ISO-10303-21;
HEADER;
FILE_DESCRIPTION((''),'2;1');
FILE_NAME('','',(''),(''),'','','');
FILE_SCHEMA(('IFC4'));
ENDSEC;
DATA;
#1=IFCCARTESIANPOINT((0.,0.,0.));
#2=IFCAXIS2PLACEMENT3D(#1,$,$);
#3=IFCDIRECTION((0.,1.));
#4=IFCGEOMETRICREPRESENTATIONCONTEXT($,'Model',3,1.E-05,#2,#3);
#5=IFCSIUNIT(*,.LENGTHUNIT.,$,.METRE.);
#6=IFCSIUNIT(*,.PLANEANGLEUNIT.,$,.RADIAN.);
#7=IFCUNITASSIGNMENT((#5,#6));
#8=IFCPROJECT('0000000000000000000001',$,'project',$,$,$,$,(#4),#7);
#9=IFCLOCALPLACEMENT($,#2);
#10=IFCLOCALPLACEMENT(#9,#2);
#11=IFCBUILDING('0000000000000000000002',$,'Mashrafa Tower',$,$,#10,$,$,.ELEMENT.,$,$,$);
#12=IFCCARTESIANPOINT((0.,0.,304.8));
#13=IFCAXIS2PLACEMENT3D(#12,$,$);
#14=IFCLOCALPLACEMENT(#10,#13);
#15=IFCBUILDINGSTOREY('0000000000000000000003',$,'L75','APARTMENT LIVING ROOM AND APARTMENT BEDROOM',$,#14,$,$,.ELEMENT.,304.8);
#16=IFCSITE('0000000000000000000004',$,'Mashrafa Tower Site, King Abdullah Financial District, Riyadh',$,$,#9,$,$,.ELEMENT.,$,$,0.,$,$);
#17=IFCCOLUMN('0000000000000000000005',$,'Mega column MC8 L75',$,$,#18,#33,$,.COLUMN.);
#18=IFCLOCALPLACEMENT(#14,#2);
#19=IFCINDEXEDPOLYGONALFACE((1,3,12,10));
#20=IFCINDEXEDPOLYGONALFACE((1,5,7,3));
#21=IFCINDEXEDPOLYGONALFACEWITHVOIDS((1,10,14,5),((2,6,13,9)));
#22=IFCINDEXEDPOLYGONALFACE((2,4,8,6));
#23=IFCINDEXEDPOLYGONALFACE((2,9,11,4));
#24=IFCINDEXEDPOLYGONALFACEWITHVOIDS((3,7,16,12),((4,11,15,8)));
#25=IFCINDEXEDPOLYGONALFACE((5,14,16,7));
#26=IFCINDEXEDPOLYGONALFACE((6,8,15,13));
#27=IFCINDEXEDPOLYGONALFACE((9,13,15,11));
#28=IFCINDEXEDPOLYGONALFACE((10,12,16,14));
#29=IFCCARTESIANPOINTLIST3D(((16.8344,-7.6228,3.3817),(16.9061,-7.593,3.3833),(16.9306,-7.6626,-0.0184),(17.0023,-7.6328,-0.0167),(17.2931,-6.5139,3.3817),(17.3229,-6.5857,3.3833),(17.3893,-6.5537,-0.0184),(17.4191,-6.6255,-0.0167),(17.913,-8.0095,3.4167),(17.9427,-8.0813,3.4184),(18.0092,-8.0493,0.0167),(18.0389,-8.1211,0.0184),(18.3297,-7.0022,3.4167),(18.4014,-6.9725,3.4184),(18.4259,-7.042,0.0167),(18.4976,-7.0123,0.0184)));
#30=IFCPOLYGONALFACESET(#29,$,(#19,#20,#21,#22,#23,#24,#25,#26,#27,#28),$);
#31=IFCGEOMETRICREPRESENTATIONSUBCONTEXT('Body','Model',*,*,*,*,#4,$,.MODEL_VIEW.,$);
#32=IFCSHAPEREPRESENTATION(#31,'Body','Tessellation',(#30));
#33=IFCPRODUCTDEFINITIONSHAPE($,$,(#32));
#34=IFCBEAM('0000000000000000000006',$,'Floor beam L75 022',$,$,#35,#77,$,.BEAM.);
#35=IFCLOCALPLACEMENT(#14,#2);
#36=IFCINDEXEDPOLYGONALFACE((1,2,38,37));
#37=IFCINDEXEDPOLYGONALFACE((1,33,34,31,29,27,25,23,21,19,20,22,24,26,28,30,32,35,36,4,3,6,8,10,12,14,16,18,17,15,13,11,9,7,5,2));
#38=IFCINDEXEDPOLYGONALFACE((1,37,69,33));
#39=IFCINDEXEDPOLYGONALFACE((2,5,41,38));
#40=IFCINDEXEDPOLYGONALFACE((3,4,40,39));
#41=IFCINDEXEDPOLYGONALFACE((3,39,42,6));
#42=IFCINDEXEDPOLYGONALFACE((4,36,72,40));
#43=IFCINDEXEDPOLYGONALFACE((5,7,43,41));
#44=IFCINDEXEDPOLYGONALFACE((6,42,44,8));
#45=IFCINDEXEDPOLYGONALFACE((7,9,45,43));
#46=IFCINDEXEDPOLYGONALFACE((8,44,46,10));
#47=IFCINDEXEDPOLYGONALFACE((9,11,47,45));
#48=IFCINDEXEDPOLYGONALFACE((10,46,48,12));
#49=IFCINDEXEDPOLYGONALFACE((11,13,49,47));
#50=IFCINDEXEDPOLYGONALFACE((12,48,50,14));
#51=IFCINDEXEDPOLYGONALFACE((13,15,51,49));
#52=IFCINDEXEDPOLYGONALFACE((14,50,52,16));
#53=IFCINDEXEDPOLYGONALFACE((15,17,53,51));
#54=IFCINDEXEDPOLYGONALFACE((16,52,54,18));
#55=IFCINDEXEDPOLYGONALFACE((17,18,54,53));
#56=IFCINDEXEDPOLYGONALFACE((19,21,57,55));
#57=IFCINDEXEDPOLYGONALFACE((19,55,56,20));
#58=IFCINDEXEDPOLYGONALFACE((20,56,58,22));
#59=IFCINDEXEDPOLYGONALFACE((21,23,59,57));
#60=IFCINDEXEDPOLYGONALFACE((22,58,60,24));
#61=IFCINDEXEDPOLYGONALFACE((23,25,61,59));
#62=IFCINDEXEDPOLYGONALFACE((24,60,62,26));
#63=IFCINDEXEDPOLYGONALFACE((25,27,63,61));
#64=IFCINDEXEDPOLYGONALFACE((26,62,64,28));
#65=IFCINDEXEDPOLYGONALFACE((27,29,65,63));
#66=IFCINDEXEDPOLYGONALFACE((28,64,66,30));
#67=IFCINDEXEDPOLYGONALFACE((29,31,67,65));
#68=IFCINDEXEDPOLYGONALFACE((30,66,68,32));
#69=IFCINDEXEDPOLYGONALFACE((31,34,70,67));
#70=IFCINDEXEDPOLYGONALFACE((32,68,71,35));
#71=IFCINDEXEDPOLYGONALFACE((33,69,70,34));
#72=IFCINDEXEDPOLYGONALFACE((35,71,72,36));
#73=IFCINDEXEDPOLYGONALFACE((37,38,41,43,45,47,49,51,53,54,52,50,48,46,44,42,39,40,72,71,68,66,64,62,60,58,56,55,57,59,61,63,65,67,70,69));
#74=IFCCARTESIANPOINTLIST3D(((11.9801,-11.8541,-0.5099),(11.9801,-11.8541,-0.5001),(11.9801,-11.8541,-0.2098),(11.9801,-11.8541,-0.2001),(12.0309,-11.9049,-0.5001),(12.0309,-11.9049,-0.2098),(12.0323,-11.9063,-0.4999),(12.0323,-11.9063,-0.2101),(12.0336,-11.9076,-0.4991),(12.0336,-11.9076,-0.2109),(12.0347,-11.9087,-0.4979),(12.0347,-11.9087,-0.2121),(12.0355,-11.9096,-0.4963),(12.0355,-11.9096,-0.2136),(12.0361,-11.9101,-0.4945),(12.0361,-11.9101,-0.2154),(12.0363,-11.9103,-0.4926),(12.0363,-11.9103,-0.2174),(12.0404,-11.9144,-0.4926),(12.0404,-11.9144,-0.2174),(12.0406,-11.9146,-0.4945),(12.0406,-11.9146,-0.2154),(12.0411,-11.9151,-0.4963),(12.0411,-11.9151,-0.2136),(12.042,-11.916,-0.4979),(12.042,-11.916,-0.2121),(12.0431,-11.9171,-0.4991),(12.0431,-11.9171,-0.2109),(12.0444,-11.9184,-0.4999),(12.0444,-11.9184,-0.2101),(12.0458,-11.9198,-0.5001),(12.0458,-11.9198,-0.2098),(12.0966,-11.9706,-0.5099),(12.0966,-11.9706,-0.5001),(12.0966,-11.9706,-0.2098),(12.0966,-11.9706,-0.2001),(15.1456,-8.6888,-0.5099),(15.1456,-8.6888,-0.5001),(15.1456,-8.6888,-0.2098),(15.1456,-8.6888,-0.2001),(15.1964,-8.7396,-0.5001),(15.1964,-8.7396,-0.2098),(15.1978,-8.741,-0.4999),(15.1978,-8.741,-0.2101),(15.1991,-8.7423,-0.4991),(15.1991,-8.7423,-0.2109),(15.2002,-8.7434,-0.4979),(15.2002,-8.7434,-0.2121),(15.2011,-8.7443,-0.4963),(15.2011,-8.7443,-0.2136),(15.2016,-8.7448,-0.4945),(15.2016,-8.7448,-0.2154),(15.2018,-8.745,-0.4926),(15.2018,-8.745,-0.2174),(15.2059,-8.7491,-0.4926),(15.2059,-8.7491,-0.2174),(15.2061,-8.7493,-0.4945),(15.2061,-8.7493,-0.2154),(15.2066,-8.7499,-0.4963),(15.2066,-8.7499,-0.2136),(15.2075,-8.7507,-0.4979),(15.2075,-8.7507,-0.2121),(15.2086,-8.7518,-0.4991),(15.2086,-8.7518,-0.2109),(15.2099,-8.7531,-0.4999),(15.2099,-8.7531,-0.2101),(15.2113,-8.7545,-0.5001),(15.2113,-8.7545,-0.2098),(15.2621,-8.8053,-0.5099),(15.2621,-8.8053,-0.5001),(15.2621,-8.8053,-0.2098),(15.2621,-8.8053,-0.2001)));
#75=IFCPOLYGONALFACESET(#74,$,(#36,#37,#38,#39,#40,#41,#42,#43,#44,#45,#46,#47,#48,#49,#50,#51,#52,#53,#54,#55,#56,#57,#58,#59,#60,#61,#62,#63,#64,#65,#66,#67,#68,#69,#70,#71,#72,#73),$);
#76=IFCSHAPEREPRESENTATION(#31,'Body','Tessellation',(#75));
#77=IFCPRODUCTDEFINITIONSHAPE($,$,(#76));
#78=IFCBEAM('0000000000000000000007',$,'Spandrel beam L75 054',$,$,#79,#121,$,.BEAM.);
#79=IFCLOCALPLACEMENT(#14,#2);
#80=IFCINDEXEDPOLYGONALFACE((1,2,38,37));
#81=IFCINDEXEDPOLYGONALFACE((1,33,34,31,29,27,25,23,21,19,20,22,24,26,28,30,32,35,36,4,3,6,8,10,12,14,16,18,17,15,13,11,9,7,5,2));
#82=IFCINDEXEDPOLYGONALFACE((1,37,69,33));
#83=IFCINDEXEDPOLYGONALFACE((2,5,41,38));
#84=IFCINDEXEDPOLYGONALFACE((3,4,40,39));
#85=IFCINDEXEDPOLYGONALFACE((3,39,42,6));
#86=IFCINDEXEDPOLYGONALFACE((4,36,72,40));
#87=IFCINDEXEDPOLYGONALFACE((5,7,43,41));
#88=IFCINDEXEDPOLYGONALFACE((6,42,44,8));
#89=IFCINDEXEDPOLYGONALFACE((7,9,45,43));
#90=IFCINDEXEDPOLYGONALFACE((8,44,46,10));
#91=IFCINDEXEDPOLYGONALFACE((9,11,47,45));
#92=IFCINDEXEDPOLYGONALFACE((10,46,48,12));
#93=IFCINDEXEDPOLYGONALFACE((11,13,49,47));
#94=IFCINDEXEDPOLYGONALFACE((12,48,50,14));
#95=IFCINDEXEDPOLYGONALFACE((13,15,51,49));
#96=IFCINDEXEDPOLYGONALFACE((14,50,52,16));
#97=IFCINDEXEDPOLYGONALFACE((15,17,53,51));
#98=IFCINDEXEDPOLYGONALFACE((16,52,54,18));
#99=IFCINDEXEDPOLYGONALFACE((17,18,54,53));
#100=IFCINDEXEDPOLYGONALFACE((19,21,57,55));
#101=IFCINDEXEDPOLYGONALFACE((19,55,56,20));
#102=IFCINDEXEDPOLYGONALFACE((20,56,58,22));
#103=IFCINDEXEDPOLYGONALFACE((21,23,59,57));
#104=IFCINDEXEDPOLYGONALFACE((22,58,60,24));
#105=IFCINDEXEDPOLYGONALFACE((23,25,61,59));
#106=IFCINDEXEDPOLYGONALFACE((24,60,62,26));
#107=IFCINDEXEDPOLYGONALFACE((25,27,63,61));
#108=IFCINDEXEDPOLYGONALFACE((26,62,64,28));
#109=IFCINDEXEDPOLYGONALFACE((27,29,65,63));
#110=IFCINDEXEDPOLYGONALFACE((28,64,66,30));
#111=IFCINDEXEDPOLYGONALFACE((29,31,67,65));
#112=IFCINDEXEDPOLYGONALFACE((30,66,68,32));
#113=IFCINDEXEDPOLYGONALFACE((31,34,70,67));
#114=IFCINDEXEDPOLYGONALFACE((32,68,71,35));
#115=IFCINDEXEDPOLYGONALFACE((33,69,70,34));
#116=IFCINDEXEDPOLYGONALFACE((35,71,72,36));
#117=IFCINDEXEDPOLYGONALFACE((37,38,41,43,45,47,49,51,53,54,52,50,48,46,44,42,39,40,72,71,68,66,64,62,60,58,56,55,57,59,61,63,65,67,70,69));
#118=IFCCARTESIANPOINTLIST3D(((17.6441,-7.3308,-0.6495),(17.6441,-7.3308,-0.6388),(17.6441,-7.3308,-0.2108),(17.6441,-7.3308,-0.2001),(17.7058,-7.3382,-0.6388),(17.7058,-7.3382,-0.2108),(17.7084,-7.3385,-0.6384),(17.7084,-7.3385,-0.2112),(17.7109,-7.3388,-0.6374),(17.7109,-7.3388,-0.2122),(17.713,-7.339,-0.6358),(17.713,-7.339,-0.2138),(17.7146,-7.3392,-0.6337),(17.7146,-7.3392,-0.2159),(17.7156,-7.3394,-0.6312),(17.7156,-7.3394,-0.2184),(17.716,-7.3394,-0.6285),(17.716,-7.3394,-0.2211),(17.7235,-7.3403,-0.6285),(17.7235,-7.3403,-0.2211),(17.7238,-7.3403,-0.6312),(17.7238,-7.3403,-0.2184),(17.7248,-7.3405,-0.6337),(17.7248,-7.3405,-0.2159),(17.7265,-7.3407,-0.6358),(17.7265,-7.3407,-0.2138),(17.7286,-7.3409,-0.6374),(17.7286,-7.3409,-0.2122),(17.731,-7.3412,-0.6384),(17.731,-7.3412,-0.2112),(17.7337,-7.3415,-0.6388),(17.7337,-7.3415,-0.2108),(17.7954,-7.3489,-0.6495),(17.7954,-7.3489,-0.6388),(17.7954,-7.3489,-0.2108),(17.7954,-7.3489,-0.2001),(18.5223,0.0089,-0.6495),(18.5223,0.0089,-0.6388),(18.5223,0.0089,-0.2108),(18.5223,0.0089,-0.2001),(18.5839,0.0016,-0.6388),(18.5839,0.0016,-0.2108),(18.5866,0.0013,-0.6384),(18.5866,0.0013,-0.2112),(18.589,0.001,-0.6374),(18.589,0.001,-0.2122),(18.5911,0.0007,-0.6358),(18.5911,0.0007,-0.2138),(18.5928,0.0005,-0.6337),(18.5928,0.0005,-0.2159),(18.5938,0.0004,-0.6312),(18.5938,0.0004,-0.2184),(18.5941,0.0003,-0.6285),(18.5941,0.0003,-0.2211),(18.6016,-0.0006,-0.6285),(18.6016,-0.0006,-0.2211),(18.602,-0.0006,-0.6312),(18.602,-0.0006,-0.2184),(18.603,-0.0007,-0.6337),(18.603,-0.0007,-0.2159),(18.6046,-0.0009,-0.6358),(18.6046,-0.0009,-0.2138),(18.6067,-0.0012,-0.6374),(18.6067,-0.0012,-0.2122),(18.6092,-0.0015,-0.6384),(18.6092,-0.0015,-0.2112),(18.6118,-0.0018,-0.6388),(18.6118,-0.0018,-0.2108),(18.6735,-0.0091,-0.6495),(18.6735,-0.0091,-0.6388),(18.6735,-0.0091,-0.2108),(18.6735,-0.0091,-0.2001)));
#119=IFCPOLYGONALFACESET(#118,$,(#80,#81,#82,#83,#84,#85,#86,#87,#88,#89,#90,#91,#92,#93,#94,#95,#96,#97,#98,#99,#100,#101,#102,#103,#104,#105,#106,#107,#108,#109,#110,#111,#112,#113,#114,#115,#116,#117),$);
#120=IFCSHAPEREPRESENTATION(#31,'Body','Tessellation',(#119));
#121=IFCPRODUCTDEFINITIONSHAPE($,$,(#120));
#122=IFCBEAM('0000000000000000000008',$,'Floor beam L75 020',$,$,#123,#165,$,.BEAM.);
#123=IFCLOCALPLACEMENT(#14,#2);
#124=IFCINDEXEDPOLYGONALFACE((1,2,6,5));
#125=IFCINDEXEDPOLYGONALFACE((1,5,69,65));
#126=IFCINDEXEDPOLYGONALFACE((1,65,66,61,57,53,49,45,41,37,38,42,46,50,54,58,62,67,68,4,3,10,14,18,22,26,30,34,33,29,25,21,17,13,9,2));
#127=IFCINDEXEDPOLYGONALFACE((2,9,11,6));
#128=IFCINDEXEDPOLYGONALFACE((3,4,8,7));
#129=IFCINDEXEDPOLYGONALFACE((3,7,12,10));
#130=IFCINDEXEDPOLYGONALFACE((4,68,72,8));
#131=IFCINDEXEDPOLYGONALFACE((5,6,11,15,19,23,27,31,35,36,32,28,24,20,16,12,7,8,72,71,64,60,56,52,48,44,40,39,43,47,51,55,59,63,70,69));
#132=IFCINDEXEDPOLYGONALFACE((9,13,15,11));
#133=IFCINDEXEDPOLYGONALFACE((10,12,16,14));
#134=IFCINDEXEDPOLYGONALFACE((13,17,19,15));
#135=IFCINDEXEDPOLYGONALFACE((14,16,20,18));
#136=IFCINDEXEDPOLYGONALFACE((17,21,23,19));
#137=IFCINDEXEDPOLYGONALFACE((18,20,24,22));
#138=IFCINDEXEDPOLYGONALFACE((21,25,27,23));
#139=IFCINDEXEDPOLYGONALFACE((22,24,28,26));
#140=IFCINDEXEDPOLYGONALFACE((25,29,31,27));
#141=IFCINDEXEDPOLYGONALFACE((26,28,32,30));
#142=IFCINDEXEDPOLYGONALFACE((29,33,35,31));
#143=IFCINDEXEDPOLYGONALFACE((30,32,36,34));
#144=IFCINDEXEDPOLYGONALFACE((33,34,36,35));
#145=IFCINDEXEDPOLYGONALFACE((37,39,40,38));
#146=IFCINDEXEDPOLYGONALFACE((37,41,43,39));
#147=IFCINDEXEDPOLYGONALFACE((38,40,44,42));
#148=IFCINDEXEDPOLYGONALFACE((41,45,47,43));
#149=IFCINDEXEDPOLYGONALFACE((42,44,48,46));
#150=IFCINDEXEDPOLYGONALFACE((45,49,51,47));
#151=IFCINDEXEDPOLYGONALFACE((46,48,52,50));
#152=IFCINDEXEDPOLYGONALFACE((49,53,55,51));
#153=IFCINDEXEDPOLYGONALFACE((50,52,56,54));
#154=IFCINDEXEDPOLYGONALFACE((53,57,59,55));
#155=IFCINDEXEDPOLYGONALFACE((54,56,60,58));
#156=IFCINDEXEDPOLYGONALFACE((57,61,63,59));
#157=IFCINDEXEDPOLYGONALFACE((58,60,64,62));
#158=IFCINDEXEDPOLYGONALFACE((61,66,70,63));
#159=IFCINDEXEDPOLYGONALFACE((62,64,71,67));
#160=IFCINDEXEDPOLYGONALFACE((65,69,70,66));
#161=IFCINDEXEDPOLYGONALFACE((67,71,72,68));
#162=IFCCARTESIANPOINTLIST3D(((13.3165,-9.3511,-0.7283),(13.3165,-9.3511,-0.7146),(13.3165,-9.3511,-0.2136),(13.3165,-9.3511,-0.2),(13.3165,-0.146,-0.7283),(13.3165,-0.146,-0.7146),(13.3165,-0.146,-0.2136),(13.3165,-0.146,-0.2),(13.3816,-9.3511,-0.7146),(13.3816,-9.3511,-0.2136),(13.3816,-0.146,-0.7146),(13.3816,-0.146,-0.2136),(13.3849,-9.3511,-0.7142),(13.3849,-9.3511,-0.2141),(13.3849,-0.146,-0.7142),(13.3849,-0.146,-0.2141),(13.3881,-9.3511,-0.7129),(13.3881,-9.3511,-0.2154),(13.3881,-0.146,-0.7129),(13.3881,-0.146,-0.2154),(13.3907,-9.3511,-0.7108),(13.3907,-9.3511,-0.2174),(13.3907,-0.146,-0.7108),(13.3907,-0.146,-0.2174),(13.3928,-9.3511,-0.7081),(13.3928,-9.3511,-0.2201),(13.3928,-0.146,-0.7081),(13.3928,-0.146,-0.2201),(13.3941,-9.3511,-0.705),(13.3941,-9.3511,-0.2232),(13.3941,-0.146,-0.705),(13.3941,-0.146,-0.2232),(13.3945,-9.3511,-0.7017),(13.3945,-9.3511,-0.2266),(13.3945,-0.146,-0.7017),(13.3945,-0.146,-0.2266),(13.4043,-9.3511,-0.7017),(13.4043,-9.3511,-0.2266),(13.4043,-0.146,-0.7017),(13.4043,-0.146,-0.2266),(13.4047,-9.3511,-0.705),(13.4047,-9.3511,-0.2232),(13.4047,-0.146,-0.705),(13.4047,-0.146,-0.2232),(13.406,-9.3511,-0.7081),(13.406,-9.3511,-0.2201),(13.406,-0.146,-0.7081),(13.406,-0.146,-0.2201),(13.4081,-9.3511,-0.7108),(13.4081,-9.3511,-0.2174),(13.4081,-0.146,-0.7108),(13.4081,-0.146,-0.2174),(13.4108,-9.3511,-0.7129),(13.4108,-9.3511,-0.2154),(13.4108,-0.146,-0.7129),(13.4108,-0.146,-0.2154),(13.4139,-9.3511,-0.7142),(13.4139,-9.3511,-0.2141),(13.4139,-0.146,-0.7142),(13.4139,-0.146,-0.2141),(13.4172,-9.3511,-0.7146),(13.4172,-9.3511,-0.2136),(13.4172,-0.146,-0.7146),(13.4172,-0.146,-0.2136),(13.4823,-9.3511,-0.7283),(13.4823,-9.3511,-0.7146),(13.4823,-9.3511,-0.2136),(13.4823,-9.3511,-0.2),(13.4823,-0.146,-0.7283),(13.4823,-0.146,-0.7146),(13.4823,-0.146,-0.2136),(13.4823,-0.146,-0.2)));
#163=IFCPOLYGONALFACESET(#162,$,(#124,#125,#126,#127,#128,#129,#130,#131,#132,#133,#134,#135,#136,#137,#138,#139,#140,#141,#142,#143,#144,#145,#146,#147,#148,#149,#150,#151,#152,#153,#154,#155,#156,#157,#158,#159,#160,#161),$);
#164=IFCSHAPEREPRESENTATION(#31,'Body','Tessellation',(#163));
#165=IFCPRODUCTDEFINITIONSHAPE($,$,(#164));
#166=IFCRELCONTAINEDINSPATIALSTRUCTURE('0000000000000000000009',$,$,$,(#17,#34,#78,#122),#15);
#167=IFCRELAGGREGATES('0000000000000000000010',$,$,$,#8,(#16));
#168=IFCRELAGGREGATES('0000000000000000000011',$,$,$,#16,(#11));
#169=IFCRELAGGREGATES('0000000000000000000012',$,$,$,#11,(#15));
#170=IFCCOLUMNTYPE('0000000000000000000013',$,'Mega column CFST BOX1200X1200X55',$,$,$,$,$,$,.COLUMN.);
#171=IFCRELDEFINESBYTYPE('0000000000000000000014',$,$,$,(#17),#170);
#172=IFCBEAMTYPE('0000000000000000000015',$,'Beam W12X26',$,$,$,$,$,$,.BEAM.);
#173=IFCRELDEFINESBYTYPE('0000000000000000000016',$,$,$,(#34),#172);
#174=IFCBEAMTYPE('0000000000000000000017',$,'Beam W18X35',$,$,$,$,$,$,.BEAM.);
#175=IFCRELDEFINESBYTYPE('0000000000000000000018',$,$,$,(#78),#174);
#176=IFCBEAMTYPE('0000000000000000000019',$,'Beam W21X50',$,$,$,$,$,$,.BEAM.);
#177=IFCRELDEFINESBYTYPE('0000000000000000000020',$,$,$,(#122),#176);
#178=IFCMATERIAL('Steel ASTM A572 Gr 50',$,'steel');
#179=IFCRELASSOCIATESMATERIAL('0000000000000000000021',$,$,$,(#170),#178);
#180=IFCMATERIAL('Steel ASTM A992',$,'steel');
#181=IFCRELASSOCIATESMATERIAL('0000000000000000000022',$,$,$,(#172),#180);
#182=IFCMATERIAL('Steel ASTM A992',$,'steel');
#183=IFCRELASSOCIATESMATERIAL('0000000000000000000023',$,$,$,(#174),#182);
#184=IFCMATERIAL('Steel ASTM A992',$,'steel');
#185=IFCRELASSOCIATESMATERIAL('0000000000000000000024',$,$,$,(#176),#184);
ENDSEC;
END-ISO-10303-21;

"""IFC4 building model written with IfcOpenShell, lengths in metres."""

from ifc_helpers import new_model, si_unit, direction, frame, origin, origin_2d, place, context, subcontext, project, spatial, hollow_rectangle, i_section, extrude, material, material_profile, profile_set, type_object, element, save


model = new_model("IFC4")

# Units and contexts
model_context = context("Model", 3, precision=1e-05, world=origin(), true_north=direction((0.0, 1.0)))
body_context = subcontext(model_context, "Body", "Model", "MODEL_VIEW")
ifc_project = project(units=[si_unit("LENGTHUNIT", "METRE"), si_unit("PLANEANGLEUNIT", "RADIAN")], contexts=[model_context])

# Site, building, storey
site_placement = place(None, origin())
site = spatial("IfcSite", under=ifc_project, at=site_placement, Name="Mashrafa Tower Site, King Abdullah Financial District, Riyadh", CompositionType="ELEMENT", RefElevation=0.0)
building_placement = place(site_placement, origin())
building = spatial("IfcBuilding", under=site, at=building_placement, Name="Mashrafa Tower", CompositionType="ELEMENT")
storey_placement = place(building_placement, frame((0.0, 0.0, 304.8)))
storey = spatial("IfcBuildingStorey", under=building, at=storey_placement, Name="L75", Description="APARTMENT LIVING ROOM AND APARTMENT BEDROOM", CompositionType="ELEMENT", Elevation=304.8)

# Column
ifc_material_1 = material(Name="Steel ASTM A572 Gr 50", Category="steel")
ifc_material_profile_1 = material_profile(ifc_material_1, hollow_rectangle(XDim=1.2, YDim=1.2, WallThickness=0.0549, at=origin_2d()), Name="BOX1200X1200X55")
ifc_profile_set_1 = profile_set([ifc_material_profile_1], Name="Steel ASTM A572 Gr 50")
column_type = type_object("IfcColumnType", Name="Mega column CFST BOX1200X1200X55", PredefinedType="COLUMN", material=ifc_profile_set_1)
column_placement = place(storey_placement, frame((17.7141, -7.3374, 0.0), z_axis=(-0.028279, 0.011699, 0.999532), x_axis=(-0.382283, -0.924045, 0.0)))
element("IfcColumn", 1, at=column_placement, inside=storey, type_object=column_type, Name="Mega column MC8 L75", PredefinedType="COLUMN", context=body_context, shape_type="SweptSolid", body=[
    extrude(hollow_rectangle(XDim=1.2, YDim=1.2, WallThickness=0.0549, at=origin_2d()), origin(), (0.0, 0.0, 1.0), 3.4016),
])

# Beams
ifc_material_2 = material(Name="Steel ASTM A992", Category="steel")
ifc_material_profile_2 = material_profile(ifc_material_2, i_section(OverallWidth=0.1648, OverallDepth=0.3098, WebThickness=0.0059, FlangeThickness=0.0098, FilletRadius=0.0076, at=origin_2d()), Name="W12X26")
ifc_profile_set_2 = profile_set([ifc_material_profile_2], Name="Steel ASTM A992")
beam_type_1 = type_object("IfcBeamType", Name="Beam W12X26", PredefinedType="BEAM", material=ifc_profile_set_2)
beam_1_placement = place(storey_placement, frame((15.2039, -8.7471, -0.355), z_axis=(-0.707134, -0.70708, 0.0), x_axis=(0.70708, -0.707134, 0.0)))
element("IfcBeam", 2, at=beam_1_placement, inside=storey, type_object=beam_type_1, Name="Floor beam L75 022", PredefinedType="BEAM", context=body_context, shape_type="SweptSolid", body=[
    extrude(i_section(OverallWidth=0.1648, OverallDepth=0.3098, WebThickness=0.0059, FlangeThickness=0.0098, FilletRadius=0.0076, at=origin_2d()), origin(), (0.0, 0.0, 1.0), 4.4766),
])
ifc_material_3 = material(Name="Steel ASTM A992", Category="steel")
ifc_material_profile_3 = material_profile(ifc_material_3, i_section(OverallWidth=0.1523, OverallDepth=0.4495, WebThickness=0.0076, FlangeThickness=0.0107, FilletRadius=0.0103, at=origin_2d()), Name="W18X35")
ifc_profile_set_3 = profile_set([ifc_material_profile_3], Name="Steel ASTM A992")
beam_type_2 = type_object("IfcBeamType", Name="Beam W18X35", PredefinedType="BEAM", material=ifc_profile_set_3)
beam_2_placement = place(storey_placement, frame((17.7197, -7.3398, -0.4248), z_axis=(0.118797, 0.992919, 0.0), x_axis=(-0.992919, 0.118797, 0.0)))
element("IfcBeam", 3, at=beam_2_placement, inside=storey, type_object=beam_type_2, Name="Spandrel beam L75 054", PredefinedType="BEAM", context=body_context, shape_type="SweptSolid", body=[
    extrude(i_section(OverallWidth=0.1523, OverallDepth=0.4495, WebThickness=0.0076, FlangeThickness=0.0107, FilletRadius=0.0103, at=origin_2d()), origin(), (0.0, 0.0, 1.0), 7.3921),
])
ifc_material_4 = material(Name="Steel ASTM A992", Category="steel")
ifc_material_profile_4 = material_profile(ifc_material_4, i_section(OverallWidth=0.1658, OverallDepth=0.5283, WebThickness=0.0098, FlangeThickness=0.0137, FilletRadius=0.0129, at=origin_2d()), Name="W21X50")
ifc_profile_set_4 = profile_set([ifc_material_profile_4], Name="Steel ASTM A992")
beam_type_3 = type_object("IfcBeamType", Name="Beam W21X50", PredefinedType="BEAM", material=ifc_profile_set_4)
beam_3_placement = place(storey_placement, frame((13.3994, -0.146, -0.4641), z_axis=(0.0, -1.0, 0.0), x_axis=(1.0, 0.0, 0.0)))
element("IfcBeam", 4, at=beam_3_placement, inside=storey, type_object=beam_type_3, Name="Floor beam L75 020", PredefinedType="BEAM", context=body_context, shape_type="SweptSolid", body=[
    extrude(i_section(OverallWidth=0.1658, OverallDepth=0.5283, WebThickness=0.0098, FlangeThickness=0.0137, FilletRadius=0.0129, at=origin_2d()), origin(), (0.0, 0.0, 1.0), 9.2051),
])

save(model, "model.ifc")
